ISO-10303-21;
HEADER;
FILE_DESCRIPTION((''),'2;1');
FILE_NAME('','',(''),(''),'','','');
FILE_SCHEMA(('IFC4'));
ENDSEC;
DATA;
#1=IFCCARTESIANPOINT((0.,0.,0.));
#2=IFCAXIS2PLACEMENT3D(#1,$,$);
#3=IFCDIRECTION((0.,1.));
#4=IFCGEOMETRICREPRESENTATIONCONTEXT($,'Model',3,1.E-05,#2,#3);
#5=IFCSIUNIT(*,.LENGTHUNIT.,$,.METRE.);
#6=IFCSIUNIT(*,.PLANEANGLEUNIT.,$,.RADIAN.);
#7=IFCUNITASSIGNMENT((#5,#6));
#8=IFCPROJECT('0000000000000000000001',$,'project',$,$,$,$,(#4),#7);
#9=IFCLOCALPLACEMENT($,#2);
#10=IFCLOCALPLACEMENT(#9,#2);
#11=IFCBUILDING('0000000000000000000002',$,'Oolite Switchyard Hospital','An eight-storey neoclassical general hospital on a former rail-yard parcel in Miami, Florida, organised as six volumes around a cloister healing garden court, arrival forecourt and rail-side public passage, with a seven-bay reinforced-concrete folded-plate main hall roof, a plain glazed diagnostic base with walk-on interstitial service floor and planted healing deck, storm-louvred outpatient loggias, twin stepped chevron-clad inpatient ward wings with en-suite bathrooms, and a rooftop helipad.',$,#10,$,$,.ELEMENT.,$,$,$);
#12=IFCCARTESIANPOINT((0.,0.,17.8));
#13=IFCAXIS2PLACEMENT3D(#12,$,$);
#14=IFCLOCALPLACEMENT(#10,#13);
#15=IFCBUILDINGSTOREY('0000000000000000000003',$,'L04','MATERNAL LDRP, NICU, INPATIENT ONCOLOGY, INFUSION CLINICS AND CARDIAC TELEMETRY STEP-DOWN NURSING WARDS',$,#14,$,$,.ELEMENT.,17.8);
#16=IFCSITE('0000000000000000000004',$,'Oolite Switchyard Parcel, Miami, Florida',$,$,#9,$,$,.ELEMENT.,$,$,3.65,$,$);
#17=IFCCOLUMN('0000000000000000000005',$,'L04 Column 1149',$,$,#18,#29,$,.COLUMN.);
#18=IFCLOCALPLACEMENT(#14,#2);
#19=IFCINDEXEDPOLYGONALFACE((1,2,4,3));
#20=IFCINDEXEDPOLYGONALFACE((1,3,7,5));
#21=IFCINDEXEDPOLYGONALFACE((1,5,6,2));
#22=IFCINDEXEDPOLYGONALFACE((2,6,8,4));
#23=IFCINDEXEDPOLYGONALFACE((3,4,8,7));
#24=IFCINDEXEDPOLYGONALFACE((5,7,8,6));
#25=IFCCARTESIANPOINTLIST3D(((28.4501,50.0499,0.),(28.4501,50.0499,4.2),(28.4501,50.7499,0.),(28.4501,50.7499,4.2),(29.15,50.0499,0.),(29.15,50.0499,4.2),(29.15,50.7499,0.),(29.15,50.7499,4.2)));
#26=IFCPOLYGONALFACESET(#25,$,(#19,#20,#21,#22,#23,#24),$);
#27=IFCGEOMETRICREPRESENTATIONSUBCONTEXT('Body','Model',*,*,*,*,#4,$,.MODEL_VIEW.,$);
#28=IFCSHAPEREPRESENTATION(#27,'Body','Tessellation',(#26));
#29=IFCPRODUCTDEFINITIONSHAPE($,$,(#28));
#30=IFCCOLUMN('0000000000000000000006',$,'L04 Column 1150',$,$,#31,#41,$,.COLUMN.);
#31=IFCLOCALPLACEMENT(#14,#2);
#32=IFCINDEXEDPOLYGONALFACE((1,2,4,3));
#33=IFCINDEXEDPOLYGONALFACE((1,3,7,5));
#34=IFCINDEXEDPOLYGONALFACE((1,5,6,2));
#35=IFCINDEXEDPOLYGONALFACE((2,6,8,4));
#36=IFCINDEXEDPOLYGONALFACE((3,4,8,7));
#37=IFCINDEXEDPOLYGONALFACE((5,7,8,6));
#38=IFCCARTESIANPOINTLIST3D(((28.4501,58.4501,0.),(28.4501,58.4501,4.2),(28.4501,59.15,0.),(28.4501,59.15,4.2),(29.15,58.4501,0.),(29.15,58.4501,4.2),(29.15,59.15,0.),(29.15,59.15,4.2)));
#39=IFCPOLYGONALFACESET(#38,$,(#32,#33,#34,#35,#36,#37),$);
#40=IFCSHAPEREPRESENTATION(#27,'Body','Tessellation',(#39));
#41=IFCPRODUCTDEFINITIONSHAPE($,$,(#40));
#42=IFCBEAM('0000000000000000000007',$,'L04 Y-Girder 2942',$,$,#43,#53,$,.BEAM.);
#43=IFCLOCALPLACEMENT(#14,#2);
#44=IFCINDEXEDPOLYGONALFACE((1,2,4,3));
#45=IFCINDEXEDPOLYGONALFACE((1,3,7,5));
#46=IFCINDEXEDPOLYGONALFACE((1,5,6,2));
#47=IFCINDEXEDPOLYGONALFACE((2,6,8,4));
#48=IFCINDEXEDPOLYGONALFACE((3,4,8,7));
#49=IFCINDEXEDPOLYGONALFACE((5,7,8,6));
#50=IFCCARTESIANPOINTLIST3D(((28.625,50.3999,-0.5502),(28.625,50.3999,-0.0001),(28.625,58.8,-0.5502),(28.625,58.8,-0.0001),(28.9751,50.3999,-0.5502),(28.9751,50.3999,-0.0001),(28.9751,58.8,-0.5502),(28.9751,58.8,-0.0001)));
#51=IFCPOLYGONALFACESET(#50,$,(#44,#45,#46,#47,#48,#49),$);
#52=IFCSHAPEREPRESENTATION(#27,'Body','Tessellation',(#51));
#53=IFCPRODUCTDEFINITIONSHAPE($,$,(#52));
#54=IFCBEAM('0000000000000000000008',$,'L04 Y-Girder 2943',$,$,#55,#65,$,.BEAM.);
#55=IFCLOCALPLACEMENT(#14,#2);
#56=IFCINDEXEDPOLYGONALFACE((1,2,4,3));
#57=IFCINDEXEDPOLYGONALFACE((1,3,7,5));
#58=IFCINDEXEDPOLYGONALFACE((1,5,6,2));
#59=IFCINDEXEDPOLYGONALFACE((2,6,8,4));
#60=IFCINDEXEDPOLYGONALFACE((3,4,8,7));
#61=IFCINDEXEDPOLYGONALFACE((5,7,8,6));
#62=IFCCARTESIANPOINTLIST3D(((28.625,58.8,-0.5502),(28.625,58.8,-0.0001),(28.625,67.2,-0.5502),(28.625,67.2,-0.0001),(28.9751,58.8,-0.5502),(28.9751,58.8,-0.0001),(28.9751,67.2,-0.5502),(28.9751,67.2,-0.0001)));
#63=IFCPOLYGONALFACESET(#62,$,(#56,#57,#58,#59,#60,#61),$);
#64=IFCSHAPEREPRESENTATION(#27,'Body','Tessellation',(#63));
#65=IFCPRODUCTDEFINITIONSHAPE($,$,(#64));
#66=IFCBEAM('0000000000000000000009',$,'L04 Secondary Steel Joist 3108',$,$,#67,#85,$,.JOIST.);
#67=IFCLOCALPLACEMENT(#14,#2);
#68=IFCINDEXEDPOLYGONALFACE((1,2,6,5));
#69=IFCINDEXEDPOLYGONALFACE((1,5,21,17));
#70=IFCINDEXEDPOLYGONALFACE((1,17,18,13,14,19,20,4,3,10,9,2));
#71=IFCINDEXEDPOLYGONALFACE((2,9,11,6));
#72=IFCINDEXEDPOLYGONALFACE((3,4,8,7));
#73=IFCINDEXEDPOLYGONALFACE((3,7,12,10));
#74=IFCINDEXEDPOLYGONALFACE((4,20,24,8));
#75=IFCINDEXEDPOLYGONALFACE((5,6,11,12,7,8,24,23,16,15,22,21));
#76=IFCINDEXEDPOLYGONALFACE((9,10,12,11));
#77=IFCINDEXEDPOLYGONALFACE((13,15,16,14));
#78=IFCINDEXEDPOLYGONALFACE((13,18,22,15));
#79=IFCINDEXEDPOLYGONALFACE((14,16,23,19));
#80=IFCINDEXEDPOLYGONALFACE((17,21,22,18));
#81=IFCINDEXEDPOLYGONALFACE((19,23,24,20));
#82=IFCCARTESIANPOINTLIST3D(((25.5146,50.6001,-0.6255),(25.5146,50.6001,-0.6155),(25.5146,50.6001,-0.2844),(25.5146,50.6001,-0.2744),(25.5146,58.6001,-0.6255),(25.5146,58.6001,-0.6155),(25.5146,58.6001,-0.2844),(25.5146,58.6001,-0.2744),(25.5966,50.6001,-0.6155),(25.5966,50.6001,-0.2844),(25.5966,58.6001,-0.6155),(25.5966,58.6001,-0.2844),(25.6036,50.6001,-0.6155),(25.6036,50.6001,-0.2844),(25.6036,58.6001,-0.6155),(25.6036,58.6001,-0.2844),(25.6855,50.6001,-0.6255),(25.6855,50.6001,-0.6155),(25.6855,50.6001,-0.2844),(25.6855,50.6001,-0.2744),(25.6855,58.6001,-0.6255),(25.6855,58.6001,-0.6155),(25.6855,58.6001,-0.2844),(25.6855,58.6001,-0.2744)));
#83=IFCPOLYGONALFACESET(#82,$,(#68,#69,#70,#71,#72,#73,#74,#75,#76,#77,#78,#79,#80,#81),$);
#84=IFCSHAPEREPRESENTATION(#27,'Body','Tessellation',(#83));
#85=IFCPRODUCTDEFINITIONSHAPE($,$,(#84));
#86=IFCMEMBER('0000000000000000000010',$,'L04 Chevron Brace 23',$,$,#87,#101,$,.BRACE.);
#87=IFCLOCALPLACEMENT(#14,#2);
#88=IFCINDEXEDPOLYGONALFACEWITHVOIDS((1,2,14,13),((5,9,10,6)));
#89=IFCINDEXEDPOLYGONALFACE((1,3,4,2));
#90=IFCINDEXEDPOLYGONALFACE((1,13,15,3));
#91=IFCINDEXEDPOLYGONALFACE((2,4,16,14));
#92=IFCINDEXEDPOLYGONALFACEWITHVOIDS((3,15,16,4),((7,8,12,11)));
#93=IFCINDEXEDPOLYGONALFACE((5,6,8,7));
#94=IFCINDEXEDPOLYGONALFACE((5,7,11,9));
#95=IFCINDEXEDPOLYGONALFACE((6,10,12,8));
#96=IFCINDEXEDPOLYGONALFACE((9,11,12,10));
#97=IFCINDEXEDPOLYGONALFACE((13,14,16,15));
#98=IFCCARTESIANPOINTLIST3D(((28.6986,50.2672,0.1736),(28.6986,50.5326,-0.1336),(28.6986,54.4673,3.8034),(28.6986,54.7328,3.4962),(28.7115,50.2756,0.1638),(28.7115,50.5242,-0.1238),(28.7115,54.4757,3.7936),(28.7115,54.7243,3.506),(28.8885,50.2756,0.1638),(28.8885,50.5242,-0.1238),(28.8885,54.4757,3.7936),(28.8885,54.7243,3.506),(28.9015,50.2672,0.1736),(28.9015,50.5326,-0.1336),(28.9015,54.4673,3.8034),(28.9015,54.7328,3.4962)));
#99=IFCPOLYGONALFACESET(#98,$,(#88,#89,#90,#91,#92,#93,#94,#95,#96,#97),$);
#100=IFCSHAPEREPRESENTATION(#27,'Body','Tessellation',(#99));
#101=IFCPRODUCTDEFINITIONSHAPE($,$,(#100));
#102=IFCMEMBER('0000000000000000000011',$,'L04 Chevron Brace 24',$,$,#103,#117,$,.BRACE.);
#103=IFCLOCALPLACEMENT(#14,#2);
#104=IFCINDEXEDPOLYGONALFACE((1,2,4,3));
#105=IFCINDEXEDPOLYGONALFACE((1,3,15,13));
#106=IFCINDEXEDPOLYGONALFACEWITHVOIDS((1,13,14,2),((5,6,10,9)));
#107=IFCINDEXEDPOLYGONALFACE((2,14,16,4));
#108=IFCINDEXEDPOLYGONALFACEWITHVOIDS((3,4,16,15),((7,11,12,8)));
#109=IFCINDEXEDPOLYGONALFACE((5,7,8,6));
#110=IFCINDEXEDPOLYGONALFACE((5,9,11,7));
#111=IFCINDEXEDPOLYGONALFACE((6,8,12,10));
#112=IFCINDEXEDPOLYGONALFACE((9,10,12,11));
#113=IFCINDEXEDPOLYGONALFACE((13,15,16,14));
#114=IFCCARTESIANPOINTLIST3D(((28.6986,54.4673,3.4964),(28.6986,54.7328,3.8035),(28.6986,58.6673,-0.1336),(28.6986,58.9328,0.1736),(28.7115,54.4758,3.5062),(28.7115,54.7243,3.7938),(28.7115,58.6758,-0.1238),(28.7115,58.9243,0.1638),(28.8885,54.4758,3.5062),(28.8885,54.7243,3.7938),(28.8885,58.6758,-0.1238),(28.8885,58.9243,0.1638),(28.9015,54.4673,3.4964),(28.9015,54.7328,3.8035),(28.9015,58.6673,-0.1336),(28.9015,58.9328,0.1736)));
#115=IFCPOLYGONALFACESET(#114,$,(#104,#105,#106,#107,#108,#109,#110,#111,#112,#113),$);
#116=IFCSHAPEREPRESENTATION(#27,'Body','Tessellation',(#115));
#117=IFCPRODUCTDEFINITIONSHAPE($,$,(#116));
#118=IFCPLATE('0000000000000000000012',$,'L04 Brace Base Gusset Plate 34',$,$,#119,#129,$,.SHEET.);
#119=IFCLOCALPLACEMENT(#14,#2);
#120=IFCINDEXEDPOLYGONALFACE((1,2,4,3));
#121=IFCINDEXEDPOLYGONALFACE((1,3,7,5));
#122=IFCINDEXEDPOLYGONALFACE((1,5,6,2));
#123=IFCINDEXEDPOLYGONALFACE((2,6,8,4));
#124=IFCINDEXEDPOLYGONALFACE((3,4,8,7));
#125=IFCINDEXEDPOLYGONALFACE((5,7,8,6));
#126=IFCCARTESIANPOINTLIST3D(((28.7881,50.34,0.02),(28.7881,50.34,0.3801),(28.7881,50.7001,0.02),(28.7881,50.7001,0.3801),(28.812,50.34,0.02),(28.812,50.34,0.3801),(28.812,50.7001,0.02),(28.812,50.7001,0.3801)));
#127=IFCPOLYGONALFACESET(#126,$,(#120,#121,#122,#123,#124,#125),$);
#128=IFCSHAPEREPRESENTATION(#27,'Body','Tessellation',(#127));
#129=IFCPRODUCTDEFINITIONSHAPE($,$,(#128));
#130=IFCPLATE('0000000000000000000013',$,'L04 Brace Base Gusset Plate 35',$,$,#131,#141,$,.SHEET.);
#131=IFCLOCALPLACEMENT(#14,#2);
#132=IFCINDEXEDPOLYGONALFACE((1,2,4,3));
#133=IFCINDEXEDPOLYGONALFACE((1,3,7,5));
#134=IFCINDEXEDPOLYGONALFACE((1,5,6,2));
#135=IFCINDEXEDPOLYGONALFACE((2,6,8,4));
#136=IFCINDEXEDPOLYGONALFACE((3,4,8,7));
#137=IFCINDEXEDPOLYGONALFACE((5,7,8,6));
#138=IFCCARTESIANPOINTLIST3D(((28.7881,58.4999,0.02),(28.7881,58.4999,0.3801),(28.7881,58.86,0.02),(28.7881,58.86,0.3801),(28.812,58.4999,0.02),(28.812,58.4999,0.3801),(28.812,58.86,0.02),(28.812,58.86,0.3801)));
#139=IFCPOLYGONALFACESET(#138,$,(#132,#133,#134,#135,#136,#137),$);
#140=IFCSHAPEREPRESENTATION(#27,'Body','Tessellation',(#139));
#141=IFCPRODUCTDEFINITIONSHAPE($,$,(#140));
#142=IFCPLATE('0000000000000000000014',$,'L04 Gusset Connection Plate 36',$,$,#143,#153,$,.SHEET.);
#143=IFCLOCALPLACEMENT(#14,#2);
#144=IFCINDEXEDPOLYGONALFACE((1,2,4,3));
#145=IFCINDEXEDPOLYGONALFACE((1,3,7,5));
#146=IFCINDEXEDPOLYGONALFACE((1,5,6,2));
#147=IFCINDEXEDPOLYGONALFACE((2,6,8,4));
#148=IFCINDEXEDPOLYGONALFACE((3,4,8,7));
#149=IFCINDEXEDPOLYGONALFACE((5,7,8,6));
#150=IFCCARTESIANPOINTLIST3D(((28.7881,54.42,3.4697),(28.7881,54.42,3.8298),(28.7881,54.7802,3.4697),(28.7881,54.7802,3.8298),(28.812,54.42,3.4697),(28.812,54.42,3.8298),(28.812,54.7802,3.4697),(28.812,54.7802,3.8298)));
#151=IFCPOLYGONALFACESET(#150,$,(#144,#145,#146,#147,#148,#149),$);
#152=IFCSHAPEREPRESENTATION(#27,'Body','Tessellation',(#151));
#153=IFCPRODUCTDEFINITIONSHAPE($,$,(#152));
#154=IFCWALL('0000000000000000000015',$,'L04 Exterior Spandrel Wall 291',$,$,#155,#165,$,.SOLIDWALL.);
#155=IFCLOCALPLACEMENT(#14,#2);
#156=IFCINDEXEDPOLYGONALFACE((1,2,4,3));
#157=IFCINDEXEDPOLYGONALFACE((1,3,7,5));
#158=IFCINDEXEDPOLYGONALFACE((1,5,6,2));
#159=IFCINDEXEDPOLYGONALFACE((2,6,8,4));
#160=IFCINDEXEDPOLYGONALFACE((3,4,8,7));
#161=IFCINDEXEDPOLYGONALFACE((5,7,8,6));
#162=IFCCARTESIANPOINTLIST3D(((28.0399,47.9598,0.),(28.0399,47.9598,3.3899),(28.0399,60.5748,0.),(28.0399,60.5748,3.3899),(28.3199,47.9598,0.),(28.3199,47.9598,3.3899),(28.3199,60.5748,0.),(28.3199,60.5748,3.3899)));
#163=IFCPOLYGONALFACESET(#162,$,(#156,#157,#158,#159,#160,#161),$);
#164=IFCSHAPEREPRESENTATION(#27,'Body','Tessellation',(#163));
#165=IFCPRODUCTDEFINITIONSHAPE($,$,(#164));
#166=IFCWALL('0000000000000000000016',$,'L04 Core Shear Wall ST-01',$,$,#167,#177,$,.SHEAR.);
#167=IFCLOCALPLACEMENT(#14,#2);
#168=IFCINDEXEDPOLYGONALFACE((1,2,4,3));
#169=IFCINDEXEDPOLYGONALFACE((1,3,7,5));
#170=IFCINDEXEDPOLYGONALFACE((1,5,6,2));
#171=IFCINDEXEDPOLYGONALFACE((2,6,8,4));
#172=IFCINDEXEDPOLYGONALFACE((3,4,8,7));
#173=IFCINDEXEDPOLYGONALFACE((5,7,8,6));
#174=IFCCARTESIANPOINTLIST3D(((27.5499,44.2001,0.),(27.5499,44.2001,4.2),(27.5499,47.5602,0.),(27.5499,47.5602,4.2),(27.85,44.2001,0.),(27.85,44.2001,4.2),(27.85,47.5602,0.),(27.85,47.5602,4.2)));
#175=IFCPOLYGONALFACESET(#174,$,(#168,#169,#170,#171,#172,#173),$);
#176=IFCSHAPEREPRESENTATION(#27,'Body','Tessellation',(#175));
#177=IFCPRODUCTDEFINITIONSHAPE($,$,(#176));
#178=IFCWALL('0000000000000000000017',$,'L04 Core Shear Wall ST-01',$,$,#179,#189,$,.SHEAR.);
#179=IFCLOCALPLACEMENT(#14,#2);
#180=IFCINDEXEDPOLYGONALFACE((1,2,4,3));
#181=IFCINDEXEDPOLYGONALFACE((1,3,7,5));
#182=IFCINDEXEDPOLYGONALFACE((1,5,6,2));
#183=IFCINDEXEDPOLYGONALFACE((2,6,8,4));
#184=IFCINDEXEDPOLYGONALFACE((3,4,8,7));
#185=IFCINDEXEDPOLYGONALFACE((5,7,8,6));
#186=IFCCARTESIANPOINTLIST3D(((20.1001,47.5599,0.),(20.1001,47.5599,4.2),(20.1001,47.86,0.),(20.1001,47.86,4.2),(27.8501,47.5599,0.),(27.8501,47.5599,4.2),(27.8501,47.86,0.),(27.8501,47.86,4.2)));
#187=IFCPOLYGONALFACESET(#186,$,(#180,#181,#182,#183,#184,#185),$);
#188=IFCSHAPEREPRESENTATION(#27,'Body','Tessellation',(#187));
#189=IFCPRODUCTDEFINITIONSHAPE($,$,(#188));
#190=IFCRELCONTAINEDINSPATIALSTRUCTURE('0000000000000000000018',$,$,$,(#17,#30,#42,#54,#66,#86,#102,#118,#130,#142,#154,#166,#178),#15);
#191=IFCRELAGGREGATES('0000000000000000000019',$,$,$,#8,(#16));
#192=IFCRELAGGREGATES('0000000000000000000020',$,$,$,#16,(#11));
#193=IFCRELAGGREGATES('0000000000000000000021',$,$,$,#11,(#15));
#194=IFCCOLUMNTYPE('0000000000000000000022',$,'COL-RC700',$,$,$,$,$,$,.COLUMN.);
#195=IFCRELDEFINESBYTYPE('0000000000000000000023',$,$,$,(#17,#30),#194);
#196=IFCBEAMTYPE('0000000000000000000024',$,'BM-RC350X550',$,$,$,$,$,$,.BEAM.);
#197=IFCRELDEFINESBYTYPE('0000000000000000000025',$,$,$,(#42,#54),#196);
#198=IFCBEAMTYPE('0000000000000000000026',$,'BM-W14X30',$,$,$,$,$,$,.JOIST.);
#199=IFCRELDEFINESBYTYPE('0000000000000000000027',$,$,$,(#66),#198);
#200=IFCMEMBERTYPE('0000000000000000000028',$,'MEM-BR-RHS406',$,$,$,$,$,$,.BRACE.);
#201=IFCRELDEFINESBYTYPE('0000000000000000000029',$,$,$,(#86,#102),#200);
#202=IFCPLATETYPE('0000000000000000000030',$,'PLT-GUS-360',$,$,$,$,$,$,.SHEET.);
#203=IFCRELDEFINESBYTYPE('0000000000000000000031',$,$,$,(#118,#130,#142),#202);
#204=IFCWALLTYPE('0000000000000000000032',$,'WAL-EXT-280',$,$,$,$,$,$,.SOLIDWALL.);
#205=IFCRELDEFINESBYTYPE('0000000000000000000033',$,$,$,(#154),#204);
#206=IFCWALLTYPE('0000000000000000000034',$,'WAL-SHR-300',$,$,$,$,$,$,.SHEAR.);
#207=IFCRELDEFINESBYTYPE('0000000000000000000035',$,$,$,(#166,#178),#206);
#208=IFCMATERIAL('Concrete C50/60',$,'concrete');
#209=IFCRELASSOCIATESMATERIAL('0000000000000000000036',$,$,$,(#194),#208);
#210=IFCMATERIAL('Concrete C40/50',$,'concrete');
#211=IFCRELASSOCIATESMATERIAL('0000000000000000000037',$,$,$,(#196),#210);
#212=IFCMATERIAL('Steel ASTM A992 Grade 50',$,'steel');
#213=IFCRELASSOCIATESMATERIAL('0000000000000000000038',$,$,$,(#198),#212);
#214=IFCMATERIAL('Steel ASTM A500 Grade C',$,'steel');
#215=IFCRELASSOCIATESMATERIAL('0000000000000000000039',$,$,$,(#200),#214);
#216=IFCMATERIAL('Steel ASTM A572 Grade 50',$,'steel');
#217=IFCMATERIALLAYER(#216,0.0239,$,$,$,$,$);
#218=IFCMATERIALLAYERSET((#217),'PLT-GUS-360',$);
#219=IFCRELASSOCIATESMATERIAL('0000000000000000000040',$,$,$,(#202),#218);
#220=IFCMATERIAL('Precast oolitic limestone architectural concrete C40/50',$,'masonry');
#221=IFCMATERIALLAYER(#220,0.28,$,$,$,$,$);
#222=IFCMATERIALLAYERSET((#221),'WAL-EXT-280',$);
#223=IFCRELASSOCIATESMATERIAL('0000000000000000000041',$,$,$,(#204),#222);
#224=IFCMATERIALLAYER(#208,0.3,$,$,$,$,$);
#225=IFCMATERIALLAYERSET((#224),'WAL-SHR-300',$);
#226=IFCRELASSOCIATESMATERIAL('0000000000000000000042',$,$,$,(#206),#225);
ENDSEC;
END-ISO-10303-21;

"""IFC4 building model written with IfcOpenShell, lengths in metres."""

from ifc_helpers import new_model, si_unit, direction, frame, frame_2d, origin, origin_2d, place, context, subcontext, project, spatial, rectangle, hollow_rectangle, i_section, extrude, material, layer, layer_set, material_profile, profile_set, type_object, element, save


model = new_model("IFC4")

# Units and contexts
model_context = context("Model", 3, precision=1e-05, world=origin(), true_north=direction((0.0, 1.0)))
body_context = subcontext(model_context, "Body", "Model", "MODEL_VIEW")
ifc_project = project(units=[si_unit("LENGTHUNIT", "METRE"), si_unit("PLANEANGLEUNIT", "RADIAN")], contexts=[model_context])

# Site, building, storey
site_placement = place(None, origin())
site = spatial("IfcSite", under=ifc_project, at=site_placement, Name="Oolite Switchyard Parcel, Miami, Florida", CompositionType="ELEMENT", RefElevation=3.65)
building_placement = place(site_placement, origin())
building = spatial("IfcBuilding", under=site, at=building_placement, Name="Oolite Switchyard Hospital", Description="An eight-storey neoclassical general hospital on a former rail-yard parcel in Miami, Florida, organised as six volumes around a cloister healing garden court, arrival forecourt and rail-side public passage, with a seven-bay reinforced-concrete folded-plate main hall roof, a plain glazed diagnostic base with walk-on interstitial service floor and planted healing deck, storm-louvred outpatient loggias, twin stepped chevron-clad inpatient ward wings with en-suite bathrooms, and a rooftop helipad.", CompositionType="ELEMENT")
storey_placement = place(building_placement, frame((0.0, 0.0, 17.8)))
storey = spatial("IfcBuildingStorey", under=building, at=storey_placement, Name="L04", Description="MATERNAL LDRP, NICU, INPATIENT ONCOLOGY, INFUSION CLINICS AND CARDIAC TELEMETRY STEP-DOWN NURSING WARDS", CompositionType="ELEMENT", Elevation=17.8)

# Columns
ifc_material_1 = material(Name="Concrete C50/60", Category="concrete")
ifc_material_profile_1 = material_profile(ifc_material_1, rectangle(XDim=0.7, YDim=0.7, at=origin_2d()), Name="RC700X700")
ifc_profile_set_1 = profile_set([ifc_material_profile_1], Name="Concrete C50/60")
column_type = type_object("IfcColumnType", Name="COL-RC700", PredefinedType="COLUMN", material=ifc_profile_set_1)
for number, where, z_axis, x_axis, name in (
    (1, (28.8, 50.3999, 0.0), (0.0, 0.0, 1.0), (1.0, 0.0, 0.0), "L04 Column 1149"),
    (2, (28.8, 58.8, 0.0), (0.0, 0.0, 1.0), (1.0, 0.0, 0.0), "L04 Column 1150"),
):
    element("IfcColumn", number, at=place(storey_placement, frame(where, z_axis=z_axis, x_axis=x_axis)), inside=storey, type_object=column_type, Name=name, PredefinedType="COLUMN", context=body_context, shape_type="SweptSolid", body=[
        extrude(rectangle(XDim=0.7, YDim=0.7, at=origin_2d()), origin(), (0.0, 0.0, 1.0), 4.2),
    ])

# Beams
ifc_material_2 = material(Name="Concrete C40/50", Category="concrete")
ifc_material_profile_2 = material_profile(ifc_material_2, rectangle(XDim=0.3501, YDim=0.55, at=origin_2d()), Name="RCB350X550")
ifc_profile_set_2 = profile_set([ifc_material_profile_2], Name="Concrete C40/50")
beam_type_1 = type_object("IfcBeamType", Name="BM-RC350X550", PredefinedType="BEAM", material=ifc_profile_set_2)
beam_1_placement = place(storey_placement, frame((28.8, 50.3999, -0.2751), z_axis=(0.0, 1.0, 0.0), x_axis=(-1.0, 0.0, 0.0)))
element("IfcBeam", 3, at=beam_1_placement, inside=storey, type_object=beam_type_1, Name="L04 Y-Girder 2942", PredefinedType="BEAM", context=body_context, shape_type="SweptSolid", body=[
    extrude(rectangle(XDim=0.3501, YDim=0.55, at=origin_2d()), origin(), (0.0, 0.0, 1.0), 8.4001),
])
beam_2_placement = place(storey_placement, frame((28.8, 58.8, -0.2751), z_axis=(0.0, 1.0, 0.0), x_axis=(-1.0, 0.0, 0.0)))
element("IfcBeam", 4, at=beam_2_placement, inside=storey, type_object=beam_type_1, Name="L04 Y-Girder 2943", PredefinedType="BEAM", context=body_context, shape_type="SweptSolid", body=[
    extrude(rectangle(XDim=0.3501, YDim=0.55, at=origin_2d()), origin(), (0.0, 0.0, 1.0), 8.3999),
])
ifc_material_3 = material(Name="Steel ASTM A992 Grade 50", Category="steel")
ifc_material_profile_3 = material_profile(ifc_material_3, i_section(OverallWidth=0.1709, OverallDepth=0.3511, WebThickness=0.0071, FlangeThickness=0.01, at=origin_2d()), Name="W14X30")
ifc_profile_set_3 = profile_set([ifc_material_profile_3], Name="Steel ASTM A992 Grade 50")
beam_type_2 = type_object("IfcBeamType", Name="BM-W14X30", PredefinedType="JOIST", material=ifc_profile_set_3)
beam_3_placement = place(storey_placement, frame((25.6001, 50.6001, -0.45), z_axis=(0.0, 1.0, 0.0), x_axis=(-1.0, 0.0, 0.0)))
element("IfcBeam", 5, at=beam_3_placement, inside=storey, type_object=beam_type_2, Name="L04 Secondary Steel Joist 3108", PredefinedType="JOIST", context=body_context, shape_type="SweptSolid", body=[
    extrude(i_section(OverallWidth=0.1709, OverallDepth=0.3511, WebThickness=0.0071, FlangeThickness=0.01, at=origin_2d()), origin(), (0.0, 0.0, 1.0), 8.0),
])

# Members
ifc_material_4 = material(Name="Steel ASTM A500 Grade C", Category="steel")
ifc_material_profile_4 = material_profile(ifc_material_4, hollow_rectangle(XDim=0.2029, YDim=0.406, WallThickness=0.0129, at=origin_2d()), Name="HSS406X203X13")
ifc_profile_set_4 = profile_set([ifc_material_profile_4], Name="Steel ASTM A500 Grade C")
member_type = type_object("IfcMemberType", Name="MEM-BR-RHS406", PredefinedType="BRACE", material=ifc_profile_set_4)
for number, where, z_axis, x_axis, name in (
    (6, (28.8, 50.3999, 0.02), (0.0, 0.756605, 0.653872), (-1.0, 0.0, 0.0), "L04 Chevron Brace 23"),
    (7, (28.8, 58.8, 0.02), (0.0, -0.756587, 0.653893), (1.0, 0.0, 0.0), "L04 Chevron Brace 24"),
):
    element("IfcMember", number, at=place(storey_placement, frame(where, z_axis=z_axis, x_axis=x_axis)), inside=storey, type_object=member_type, Name=name, PredefinedType="BRACE", context=body_context, shape_type="SweptSolid", body=[
        extrude(hollow_rectangle(XDim=0.2029, YDim=0.406, WallThickness=0.0129, at=origin_2d()), origin(), (0.0, 0.0, 1.0), 5.5513),
    ])

# Plates
ifc_material_5 = material(Name="Steel ASTM A572 Grade 50", Category="steel")
ifc_layer_1 = layer(ifc_material_5, 0.0239)
ifc_layer_set_1 = layer_set([ifc_layer_1], Name="PLT-GUS-360")
plate_type = type_object("IfcPlateType", Name="PLT-GUS-360", PredefinedType="SHEET", material=ifc_layer_set_1)
for number, where, z_axis, x_axis, name in (
    (8, (28.8, 50.52, 0.02), (0.0, 0.0, 1.0), (0.0, 1.0, 0.0), "L04 Brace Base Gusset Plate 34"),
    (9, (28.8, 58.6799, 0.02), (0.0, 0.0, 1.0), (0.0, 1.0, 0.0), "L04 Brace Base Gusset Plate 35"),
    (10, (28.8, 54.6001, 3.4697), (0.0, 0.0, 1.0), (0.0, 1.0, 0.0), "L04 Gusset Connection Plate 36"),
):
    element("IfcPlate", number, at=place(storey_placement, frame(where, z_axis=z_axis, x_axis=x_axis)), inside=storey, type_object=plate_type, Name=name, PredefinedType="SHEET", context=body_context, shape_type="SweptSolid", body=[
        extrude(rectangle(XDim=0.3601, YDim=0.0239, at=origin_2d()), origin(), (0.0, 0.0, 1.0), 0.3601),
    ])

# Walls
ifc_material_6 = material(Name="Precast oolitic limestone architectural concrete C40/50", Category="masonry")
ifc_layer_2 = layer(ifc_material_6, 0.28)
ifc_layer_set_2 = layer_set([ifc_layer_2], Name="WAL-EXT-280")
wall_type_1 = type_object("IfcWallType", Name="WAL-EXT-280", PredefinedType="SOLIDWALL", material=ifc_layer_set_2)
wall_1_placement = place(storey_placement, frame((28.1799, 60.575, 0.0), z_axis=(0.0, 0.0, 1.0), x_axis=(0.0, -1.0, 0.0)))
element("IfcWall", 11, at=wall_1_placement, inside=storey, type_object=wall_type_1, Name="L04 Exterior Spandrel Wall 291", PredefinedType="SOLIDWALL", context=body_context, shape_type="SweptSolid", body=[
    extrude(rectangle(XDim=12.615, YDim=0.28, at=frame_2d((6.3076, 0.0))), origin(), (0.0, 0.0, 1.0), 3.3899),
])
ifc_layer_3 = layer(ifc_material_1, 0.3)
ifc_layer_set_3 = layer_set([ifc_layer_3], Name="WAL-SHR-300")
wall_type_2 = type_object("IfcWallType", Name="WAL-SHR-300", PredefinedType="SHEAR", material=ifc_layer_set_3)
wall_2_placement = place(storey_placement, frame((27.7, 44.2, 0.0), z_axis=(0.0, 0.0, 1.0), x_axis=(0.0, 1.0, 0.0)))
element("IfcWall", 12, at=wall_2_placement, inside=storey, type_object=wall_type_2, Name="L04 Core Shear Wall ST-01", PredefinedType="SHEAR", context=body_context, shape_type="SweptSolid", body=[
    extrude(rectangle(XDim=3.3601, YDim=0.3, at=frame_2d((1.6802, 0.0))), origin(), (0.0, 0.0, 1.0), 4.2),
])
wall_3_placement = place(storey_placement, frame((27.8501, 47.71, 0.0), z_axis=(0.0, 0.0, 1.0), x_axis=(-1.0, 0.0, 0.0)))
element("IfcWall", 13, at=wall_3_placement, inside=storey, type_object=wall_type_2, Name="L04 Core Shear Wall ST-01", PredefinedType="SHEAR", context=body_context, shape_type="SweptSolid", body=[
    extrude(rectangle(XDim=7.75, YDim=0.3, at=frame_2d((3.875, 0.0))), origin(), (0.0, 0.0, 1.0), 4.2),
])

save(model, "model.ifc")
